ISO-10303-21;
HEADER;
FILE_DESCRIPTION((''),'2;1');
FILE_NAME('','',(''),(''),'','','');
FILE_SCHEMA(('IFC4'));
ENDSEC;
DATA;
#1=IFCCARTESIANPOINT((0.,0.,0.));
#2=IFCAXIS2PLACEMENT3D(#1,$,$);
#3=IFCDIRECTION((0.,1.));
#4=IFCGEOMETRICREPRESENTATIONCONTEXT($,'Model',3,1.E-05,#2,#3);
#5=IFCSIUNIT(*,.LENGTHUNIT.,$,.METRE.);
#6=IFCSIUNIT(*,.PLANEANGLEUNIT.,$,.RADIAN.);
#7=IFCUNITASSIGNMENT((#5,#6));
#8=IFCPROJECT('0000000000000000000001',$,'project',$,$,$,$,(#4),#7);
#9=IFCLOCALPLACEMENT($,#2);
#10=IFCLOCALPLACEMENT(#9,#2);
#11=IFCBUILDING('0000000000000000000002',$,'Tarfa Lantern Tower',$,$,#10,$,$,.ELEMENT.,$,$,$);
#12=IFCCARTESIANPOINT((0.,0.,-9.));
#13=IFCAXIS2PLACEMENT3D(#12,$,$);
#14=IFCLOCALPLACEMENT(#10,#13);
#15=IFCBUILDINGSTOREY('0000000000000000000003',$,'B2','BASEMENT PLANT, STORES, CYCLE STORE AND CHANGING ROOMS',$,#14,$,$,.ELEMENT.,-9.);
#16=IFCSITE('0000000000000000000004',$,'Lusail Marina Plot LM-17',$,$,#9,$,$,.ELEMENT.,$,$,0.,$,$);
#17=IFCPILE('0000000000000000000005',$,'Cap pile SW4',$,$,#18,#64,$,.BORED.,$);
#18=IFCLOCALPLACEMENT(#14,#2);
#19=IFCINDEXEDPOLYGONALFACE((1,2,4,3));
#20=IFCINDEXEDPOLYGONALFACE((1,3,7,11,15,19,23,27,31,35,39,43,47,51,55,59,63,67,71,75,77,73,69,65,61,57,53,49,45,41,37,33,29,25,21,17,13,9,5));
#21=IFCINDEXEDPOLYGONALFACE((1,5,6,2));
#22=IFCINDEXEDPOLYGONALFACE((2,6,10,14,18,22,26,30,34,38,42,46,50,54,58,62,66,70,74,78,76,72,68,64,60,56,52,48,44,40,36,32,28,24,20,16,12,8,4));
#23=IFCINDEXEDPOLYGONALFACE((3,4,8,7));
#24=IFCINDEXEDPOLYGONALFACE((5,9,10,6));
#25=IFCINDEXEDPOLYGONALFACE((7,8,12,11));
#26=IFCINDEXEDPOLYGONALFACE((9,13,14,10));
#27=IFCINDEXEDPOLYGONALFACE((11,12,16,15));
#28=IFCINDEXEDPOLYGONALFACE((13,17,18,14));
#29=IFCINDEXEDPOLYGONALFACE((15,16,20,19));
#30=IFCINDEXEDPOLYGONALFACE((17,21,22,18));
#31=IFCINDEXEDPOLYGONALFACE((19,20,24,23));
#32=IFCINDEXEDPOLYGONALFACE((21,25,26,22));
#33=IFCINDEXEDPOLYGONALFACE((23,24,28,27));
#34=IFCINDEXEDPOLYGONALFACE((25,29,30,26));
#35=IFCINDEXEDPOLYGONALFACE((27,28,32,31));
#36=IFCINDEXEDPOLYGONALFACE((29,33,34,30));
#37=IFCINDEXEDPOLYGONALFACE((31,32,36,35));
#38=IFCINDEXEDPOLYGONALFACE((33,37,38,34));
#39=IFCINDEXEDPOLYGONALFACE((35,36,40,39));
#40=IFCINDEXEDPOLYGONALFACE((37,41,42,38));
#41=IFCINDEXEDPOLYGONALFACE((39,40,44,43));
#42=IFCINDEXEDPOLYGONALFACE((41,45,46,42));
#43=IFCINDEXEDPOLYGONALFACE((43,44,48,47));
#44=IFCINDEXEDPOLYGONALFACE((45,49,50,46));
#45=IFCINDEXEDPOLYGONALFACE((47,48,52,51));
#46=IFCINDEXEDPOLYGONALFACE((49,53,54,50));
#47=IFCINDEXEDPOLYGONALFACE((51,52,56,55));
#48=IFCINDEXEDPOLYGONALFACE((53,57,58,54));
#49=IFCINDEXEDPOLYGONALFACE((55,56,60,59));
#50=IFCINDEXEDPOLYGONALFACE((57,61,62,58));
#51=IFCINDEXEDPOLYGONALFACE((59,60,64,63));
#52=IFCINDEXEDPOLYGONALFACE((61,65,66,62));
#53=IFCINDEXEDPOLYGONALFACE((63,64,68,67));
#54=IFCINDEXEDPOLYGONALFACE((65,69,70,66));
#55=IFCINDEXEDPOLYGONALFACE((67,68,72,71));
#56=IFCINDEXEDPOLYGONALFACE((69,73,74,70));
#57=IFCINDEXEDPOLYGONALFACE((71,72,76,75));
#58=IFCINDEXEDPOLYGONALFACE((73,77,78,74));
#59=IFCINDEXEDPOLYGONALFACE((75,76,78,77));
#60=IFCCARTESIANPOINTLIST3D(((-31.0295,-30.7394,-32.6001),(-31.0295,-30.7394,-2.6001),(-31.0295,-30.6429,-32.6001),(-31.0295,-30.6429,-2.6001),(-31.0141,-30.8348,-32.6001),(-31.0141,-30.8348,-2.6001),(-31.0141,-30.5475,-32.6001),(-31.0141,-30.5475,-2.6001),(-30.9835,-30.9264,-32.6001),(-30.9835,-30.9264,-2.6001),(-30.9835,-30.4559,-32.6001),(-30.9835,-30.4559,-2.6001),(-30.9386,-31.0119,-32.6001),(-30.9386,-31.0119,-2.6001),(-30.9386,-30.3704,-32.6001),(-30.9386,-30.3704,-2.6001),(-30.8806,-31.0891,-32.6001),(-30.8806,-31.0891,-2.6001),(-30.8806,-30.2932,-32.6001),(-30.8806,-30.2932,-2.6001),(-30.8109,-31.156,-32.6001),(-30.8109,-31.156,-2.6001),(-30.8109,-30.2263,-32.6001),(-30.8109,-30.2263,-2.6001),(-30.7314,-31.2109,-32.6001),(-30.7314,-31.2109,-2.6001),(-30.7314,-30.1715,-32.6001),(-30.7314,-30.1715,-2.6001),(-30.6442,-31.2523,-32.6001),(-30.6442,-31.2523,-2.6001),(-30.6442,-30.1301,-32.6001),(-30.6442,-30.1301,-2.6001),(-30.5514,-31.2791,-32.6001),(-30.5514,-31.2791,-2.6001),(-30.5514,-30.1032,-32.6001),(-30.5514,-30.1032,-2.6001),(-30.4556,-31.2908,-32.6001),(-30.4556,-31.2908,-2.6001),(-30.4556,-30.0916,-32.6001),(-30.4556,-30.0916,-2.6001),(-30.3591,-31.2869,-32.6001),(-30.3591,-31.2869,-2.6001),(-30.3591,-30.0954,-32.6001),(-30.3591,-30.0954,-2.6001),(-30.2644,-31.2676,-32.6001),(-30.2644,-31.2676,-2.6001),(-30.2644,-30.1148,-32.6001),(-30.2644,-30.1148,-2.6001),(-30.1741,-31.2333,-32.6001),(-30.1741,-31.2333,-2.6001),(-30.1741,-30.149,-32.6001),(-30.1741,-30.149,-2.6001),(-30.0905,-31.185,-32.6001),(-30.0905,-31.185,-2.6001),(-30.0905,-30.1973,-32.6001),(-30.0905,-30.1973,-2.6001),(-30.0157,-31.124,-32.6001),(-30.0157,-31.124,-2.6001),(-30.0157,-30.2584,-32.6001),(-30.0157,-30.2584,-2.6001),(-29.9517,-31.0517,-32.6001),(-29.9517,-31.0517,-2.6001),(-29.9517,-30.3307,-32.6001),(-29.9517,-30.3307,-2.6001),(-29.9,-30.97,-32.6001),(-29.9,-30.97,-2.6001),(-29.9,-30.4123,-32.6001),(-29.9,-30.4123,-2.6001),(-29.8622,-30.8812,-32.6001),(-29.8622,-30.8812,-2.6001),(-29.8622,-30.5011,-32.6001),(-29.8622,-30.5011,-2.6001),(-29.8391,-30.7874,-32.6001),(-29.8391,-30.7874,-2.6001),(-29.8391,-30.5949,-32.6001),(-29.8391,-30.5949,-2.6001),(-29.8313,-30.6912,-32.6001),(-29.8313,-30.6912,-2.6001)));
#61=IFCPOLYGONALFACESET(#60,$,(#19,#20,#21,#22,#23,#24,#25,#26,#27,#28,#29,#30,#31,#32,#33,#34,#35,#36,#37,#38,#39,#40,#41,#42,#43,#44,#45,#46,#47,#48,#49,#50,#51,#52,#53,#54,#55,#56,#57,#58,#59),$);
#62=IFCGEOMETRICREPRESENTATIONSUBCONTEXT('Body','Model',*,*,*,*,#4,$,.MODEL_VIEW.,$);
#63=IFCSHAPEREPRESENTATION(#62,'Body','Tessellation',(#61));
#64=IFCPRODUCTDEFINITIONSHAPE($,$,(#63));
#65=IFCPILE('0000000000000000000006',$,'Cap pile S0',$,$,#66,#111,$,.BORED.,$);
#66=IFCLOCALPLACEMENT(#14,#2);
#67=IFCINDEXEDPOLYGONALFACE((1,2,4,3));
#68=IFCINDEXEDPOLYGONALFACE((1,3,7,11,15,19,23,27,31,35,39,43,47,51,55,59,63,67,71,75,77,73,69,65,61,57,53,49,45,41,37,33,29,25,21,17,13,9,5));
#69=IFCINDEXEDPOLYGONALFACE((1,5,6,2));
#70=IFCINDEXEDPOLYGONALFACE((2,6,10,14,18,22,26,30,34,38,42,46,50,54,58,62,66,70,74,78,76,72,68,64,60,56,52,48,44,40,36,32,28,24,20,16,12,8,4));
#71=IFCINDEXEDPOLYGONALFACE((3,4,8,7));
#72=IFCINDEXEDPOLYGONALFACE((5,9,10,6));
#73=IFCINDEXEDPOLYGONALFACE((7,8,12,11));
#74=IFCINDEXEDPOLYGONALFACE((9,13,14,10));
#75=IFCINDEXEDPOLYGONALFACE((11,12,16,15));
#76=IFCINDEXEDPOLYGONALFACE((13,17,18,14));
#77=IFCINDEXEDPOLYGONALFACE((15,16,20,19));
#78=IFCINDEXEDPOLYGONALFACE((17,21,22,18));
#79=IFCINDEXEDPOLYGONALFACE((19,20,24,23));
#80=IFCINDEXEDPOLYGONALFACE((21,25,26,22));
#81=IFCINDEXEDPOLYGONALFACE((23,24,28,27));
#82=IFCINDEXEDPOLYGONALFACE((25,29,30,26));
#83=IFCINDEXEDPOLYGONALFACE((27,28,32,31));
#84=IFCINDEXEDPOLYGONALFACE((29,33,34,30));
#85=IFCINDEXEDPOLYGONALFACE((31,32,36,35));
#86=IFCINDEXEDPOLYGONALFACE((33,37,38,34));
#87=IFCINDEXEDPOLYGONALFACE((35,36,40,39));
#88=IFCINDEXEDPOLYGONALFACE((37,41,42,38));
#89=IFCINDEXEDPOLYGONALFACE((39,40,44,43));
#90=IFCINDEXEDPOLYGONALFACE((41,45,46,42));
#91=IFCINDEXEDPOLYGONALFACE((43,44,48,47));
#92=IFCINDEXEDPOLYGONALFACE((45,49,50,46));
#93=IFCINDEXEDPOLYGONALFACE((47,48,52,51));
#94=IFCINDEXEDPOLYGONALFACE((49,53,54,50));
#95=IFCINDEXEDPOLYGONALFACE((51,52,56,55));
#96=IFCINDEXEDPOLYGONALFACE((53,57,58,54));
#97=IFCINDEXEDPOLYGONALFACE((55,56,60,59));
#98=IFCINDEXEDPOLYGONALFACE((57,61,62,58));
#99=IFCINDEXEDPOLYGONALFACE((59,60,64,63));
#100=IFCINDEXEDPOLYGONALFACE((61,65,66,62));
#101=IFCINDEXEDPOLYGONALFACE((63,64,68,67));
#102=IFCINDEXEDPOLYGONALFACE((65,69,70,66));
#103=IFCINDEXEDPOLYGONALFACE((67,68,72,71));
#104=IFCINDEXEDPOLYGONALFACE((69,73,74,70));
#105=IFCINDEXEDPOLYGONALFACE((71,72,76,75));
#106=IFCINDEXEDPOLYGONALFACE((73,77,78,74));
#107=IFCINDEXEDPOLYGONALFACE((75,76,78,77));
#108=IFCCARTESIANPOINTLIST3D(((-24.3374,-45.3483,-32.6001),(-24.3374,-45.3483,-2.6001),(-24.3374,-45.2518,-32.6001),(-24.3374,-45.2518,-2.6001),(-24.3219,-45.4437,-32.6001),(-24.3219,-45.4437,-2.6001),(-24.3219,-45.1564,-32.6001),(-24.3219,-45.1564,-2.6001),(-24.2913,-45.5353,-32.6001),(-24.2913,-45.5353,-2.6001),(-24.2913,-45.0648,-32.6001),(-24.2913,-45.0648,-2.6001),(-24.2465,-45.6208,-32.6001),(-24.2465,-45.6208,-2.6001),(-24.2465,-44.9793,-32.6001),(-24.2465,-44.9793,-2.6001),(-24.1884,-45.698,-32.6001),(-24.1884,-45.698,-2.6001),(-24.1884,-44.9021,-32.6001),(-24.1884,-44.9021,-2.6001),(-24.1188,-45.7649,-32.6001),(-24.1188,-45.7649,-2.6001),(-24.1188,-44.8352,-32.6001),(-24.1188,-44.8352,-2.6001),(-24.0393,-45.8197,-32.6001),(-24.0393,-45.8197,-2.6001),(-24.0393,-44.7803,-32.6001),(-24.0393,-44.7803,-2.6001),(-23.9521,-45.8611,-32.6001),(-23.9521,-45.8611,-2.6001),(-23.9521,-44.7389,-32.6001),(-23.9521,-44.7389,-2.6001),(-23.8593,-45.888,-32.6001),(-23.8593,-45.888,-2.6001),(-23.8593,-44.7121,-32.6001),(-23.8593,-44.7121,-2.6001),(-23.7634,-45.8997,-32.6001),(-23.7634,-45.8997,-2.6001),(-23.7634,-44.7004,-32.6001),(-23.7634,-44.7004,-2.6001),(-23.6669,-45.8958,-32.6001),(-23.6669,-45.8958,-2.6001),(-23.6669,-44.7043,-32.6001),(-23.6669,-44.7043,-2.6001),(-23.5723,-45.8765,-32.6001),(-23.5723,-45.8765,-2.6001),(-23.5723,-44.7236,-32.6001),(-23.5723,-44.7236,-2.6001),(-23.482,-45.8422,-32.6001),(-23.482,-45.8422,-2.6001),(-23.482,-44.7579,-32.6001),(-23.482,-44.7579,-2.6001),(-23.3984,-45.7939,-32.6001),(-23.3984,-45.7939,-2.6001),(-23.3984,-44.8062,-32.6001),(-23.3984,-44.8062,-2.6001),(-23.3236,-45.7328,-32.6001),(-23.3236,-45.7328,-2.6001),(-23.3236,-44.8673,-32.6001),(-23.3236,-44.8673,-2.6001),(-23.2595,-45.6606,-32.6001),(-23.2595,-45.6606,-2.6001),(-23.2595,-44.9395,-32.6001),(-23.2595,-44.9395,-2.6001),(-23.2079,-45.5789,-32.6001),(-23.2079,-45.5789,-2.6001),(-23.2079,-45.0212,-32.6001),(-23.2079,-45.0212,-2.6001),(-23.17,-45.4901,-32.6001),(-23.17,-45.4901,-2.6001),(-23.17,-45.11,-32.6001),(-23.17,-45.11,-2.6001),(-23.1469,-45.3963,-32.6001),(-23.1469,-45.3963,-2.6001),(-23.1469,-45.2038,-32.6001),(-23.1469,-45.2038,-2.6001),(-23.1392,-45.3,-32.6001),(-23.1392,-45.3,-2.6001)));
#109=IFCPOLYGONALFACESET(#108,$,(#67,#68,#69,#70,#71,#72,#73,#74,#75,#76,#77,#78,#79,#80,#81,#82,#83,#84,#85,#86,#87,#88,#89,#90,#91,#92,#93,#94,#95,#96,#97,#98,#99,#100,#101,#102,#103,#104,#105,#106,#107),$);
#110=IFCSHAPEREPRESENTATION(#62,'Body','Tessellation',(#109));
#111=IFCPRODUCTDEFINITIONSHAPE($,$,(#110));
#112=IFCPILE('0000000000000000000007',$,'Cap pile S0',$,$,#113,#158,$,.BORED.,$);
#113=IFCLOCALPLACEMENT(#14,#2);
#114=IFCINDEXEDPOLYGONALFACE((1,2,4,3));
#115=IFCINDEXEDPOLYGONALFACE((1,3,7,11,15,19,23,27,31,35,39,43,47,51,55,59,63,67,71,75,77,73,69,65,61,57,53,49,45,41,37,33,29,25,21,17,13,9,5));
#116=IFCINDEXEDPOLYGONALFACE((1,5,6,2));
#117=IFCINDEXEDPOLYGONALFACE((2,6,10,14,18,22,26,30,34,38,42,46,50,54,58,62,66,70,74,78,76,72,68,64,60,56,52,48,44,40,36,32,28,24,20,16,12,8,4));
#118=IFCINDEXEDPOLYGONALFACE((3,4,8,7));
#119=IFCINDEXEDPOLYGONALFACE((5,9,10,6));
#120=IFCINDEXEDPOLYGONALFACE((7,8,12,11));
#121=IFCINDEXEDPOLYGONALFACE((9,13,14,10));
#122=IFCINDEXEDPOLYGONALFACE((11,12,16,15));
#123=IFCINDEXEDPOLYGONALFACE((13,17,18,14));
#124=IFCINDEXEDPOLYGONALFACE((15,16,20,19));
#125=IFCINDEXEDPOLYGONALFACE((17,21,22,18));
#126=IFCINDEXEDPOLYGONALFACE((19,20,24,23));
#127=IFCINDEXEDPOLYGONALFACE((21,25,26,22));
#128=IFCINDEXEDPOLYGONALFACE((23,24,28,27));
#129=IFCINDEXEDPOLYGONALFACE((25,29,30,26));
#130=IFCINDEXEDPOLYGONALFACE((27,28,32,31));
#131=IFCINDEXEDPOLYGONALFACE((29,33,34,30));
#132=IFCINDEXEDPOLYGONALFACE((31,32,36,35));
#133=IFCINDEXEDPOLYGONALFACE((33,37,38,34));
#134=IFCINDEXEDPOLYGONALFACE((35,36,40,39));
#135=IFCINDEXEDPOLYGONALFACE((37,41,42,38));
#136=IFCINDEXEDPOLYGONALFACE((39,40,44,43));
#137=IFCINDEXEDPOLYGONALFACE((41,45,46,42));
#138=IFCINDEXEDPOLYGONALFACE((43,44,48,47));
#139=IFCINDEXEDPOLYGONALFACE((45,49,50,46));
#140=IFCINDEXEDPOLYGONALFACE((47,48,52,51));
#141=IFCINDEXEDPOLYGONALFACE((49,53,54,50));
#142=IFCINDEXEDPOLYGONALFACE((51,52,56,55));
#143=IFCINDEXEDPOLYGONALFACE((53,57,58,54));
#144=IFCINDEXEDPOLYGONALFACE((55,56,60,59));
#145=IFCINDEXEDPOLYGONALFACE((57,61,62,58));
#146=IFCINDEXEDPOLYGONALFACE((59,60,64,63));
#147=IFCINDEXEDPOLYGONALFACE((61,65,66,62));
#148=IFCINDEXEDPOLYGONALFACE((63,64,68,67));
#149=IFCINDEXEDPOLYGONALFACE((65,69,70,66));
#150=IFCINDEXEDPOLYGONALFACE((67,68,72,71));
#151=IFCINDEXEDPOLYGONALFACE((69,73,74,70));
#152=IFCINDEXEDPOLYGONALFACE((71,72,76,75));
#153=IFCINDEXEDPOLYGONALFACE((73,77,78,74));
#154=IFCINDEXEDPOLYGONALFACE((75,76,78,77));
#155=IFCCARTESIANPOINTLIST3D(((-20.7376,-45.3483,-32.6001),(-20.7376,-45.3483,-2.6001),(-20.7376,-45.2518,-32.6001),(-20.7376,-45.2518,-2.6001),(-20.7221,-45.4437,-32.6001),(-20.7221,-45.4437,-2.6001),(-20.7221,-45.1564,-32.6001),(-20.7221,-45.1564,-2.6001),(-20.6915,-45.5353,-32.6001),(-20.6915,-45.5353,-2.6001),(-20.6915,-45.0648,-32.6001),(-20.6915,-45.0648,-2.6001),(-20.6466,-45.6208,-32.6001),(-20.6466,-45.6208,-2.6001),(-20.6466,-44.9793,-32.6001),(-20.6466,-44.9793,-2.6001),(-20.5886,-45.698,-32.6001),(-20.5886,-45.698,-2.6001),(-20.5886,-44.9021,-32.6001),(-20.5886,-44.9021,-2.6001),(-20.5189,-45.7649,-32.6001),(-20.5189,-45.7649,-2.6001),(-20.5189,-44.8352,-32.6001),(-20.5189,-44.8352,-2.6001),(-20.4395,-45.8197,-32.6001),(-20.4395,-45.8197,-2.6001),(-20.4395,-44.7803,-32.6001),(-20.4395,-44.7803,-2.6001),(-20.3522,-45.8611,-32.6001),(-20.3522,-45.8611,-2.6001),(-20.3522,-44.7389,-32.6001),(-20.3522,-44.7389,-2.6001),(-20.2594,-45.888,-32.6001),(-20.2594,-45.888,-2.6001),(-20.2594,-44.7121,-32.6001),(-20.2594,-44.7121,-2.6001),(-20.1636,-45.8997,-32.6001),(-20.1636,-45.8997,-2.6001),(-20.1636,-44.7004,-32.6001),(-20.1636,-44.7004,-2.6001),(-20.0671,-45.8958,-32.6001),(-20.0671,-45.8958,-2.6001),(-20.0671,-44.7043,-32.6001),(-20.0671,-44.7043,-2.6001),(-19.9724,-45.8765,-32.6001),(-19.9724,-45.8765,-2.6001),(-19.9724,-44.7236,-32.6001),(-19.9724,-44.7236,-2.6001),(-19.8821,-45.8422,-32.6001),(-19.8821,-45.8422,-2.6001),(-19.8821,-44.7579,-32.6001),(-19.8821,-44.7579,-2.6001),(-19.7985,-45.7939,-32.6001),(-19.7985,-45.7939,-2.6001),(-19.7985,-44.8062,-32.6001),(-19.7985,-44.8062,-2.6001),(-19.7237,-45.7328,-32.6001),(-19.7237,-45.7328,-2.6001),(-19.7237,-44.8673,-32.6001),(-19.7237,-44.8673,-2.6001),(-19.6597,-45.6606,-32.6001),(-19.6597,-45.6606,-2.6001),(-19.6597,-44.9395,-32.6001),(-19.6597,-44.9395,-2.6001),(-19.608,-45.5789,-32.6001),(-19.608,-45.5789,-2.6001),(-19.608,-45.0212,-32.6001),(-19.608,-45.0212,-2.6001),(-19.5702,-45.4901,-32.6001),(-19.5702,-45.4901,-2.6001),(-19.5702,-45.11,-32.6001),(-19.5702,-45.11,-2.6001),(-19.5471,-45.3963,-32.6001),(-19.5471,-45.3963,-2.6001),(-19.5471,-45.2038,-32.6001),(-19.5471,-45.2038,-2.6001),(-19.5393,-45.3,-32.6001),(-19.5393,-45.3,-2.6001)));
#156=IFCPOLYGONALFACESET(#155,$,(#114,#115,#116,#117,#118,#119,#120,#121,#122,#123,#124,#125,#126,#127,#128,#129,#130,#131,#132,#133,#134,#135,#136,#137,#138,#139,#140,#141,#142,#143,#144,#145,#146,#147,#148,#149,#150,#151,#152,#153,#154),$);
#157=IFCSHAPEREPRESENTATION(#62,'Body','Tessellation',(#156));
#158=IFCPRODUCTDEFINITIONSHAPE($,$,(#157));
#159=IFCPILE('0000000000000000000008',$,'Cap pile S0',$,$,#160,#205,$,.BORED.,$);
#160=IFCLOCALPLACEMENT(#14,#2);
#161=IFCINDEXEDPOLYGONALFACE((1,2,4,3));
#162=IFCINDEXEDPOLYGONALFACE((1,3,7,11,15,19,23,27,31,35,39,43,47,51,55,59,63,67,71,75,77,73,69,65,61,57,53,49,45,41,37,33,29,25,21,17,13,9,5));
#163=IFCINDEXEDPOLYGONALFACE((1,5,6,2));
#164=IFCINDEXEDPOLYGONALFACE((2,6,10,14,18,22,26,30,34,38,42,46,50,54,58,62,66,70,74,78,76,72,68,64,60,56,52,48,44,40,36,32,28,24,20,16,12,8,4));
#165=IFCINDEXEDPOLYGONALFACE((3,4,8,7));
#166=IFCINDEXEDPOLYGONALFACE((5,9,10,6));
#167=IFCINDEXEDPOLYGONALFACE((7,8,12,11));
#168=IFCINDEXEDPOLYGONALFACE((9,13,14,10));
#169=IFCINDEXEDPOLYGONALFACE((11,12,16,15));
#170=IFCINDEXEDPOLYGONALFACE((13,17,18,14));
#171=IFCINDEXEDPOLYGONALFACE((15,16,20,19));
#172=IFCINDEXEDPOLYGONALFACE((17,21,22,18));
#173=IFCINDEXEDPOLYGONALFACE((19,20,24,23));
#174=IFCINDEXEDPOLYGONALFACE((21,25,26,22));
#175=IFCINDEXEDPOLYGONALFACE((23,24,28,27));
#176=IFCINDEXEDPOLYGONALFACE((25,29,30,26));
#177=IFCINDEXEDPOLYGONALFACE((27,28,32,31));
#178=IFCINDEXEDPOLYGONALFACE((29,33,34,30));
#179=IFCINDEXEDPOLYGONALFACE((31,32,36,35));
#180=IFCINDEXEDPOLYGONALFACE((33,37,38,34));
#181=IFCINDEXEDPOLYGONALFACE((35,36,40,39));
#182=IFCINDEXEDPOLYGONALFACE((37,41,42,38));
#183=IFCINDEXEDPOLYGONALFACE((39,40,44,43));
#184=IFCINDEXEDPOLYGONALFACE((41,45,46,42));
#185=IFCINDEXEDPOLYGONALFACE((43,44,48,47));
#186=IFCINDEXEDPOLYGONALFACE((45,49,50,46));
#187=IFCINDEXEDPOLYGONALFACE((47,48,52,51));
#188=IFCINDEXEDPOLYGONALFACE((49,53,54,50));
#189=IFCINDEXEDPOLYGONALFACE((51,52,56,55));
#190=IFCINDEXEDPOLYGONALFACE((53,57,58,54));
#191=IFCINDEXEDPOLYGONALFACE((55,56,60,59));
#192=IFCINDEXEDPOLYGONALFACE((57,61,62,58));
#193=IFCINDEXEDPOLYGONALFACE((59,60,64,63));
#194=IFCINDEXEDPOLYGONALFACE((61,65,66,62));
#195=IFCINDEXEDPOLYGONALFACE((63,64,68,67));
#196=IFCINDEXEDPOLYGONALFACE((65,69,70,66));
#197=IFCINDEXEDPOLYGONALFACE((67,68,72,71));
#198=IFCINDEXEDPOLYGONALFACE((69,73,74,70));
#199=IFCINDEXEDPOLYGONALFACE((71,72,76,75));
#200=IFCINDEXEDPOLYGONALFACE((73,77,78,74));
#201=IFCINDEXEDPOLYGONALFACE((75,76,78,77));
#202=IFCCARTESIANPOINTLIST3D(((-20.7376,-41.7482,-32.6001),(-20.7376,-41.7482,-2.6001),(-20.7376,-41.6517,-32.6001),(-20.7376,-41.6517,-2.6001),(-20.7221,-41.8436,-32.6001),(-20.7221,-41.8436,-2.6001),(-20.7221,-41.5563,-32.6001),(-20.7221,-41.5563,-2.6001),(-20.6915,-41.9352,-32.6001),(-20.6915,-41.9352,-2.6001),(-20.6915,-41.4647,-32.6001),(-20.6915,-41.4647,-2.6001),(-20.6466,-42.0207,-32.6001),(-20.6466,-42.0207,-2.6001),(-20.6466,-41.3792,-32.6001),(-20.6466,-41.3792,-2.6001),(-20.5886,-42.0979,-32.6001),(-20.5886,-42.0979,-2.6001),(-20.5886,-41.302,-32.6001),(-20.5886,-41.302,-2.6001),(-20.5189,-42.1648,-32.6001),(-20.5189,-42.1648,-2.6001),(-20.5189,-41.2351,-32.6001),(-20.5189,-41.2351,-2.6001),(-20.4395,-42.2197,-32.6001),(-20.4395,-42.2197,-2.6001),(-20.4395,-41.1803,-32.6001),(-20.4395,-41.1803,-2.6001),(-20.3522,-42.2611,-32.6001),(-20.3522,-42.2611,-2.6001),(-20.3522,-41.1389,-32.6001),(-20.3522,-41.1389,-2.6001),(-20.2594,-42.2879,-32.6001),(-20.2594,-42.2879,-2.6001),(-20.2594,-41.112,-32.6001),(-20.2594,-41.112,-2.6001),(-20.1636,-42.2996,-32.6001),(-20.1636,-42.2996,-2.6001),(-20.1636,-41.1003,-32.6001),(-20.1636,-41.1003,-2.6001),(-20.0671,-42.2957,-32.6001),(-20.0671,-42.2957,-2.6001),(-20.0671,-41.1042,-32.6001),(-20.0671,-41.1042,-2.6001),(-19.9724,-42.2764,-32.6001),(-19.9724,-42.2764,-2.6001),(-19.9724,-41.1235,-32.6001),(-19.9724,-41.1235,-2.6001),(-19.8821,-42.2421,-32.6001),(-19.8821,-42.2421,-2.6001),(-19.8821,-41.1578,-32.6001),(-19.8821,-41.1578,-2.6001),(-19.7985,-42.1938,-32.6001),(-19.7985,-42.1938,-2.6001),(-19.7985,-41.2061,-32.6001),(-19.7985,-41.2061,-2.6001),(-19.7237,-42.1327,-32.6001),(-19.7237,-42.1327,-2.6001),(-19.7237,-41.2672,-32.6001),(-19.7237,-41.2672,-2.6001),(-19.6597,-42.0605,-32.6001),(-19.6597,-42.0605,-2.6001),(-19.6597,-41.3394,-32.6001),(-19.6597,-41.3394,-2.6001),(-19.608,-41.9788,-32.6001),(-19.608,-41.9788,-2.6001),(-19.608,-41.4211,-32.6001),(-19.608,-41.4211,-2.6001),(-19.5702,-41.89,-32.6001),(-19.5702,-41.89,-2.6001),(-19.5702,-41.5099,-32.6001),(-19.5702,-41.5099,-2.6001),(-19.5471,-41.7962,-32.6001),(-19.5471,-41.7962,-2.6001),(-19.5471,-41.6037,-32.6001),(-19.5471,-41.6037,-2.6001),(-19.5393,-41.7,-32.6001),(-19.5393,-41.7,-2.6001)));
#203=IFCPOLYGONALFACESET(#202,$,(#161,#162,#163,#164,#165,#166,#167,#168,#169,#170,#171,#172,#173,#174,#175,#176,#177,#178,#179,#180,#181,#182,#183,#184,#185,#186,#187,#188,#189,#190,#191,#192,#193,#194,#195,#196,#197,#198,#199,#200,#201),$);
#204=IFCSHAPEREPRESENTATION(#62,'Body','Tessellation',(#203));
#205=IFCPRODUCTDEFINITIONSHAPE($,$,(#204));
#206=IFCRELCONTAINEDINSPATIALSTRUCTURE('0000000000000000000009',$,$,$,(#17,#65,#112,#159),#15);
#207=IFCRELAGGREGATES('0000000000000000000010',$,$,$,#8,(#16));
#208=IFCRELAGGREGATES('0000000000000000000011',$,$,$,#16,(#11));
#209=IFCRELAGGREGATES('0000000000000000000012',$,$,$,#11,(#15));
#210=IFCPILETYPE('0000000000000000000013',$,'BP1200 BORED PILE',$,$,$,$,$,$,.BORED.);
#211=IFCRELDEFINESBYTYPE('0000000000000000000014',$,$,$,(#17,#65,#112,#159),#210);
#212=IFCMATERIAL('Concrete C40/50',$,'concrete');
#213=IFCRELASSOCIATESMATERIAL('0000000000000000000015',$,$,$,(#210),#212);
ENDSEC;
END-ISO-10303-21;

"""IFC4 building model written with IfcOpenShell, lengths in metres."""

from ifc_helpers import new_model, si_unit, direction, frame, origin, origin_2d, place, context, subcontext, project, spatial, circle, extrude, material, material_profile, profile_set, type_object, element, save


model = new_model("IFC4")

# Units and contexts
model_context = context("Model", 3, precision=1e-05, world=origin(), true_north=direction((0.0, 1.0)))
body_context = subcontext(model_context, "Body", "Model", "MODEL_VIEW")
ifc_project = project(units=[si_unit("LENGTHUNIT", "METRE"), si_unit("PLANEANGLEUNIT", "RADIAN")], contexts=[model_context])

# Site, building, storey
site_placement = place(None, origin())
site = spatial("IfcSite", under=ifc_project, at=site_placement, Name="Lusail Marina Plot LM-17", CompositionType="ELEMENT", RefElevation=0.0)
building_placement = place(site_placement, origin())
building = spatial("IfcBuilding", under=site, at=building_placement, Name="Tarfa Lantern Tower", CompositionType="ELEMENT")
storey_placement = place(building_placement, frame((0.0, 0.0, -9.0)))
storey = spatial("IfcBuildingStorey", under=building, at=storey_placement, Name="B2", Description="BASEMENT PLANT, STORES, CYCLE STORE AND CHANGING ROOMS", CompositionType="ELEMENT", Elevation=-9.0)

# Piles
ifc_material_1 = material(Name="Concrete C40/50", Category="concrete")
ifc_material_profile_1 = material_profile(ifc_material_1, circle(Radius=0.6001, at=origin_2d()), Name="BORED PILE D1200")
ifc_profile_set_1 = profile_set([ifc_material_profile_1], Name="Concrete C40/50")
pile_type_1 = type_object("IfcPileType", Name="BP1200 BORED PILE", PredefinedType="BORED", material=ifc_profile_set_1)
for number, where, z_axis, x_axis, name in (
    (1, (-30.4314, -30.6912, -2.6001), (0.0, 0.0, -1.0), (1.0, 0.0, 0.0), "Cap pile SW4"),
    (2, (-23.7393, -45.3, -2.6001), (0.0, 0.0, -1.0), (1.0, 0.0, 0.0), "Cap pile S0"),
    (3, (-20.1394, -45.3, -2.6001), (0.0, 0.0, -1.0), (1.0, 0.0, 0.0), "Cap pile S0"),
    (4, (-20.1394, -41.7, -2.6001), (0.0, 0.0, -1.0), (1.0, 0.0, 0.0), "Cap pile S0"),
):
    element("IfcPile", number, at=place(storey_placement, frame(where, z_axis=z_axis, x_axis=x_axis)), inside=storey, type_object=pile_type_1, Name=name, PredefinedType="BORED", context=body_context, shape_type="SweptSolid", body=[
        extrude(circle(Radius=0.6001, at=origin_2d()), origin(), (0.0, 0.0, 1.0), 30.0),
    ])

save(model, "model.ifc")
